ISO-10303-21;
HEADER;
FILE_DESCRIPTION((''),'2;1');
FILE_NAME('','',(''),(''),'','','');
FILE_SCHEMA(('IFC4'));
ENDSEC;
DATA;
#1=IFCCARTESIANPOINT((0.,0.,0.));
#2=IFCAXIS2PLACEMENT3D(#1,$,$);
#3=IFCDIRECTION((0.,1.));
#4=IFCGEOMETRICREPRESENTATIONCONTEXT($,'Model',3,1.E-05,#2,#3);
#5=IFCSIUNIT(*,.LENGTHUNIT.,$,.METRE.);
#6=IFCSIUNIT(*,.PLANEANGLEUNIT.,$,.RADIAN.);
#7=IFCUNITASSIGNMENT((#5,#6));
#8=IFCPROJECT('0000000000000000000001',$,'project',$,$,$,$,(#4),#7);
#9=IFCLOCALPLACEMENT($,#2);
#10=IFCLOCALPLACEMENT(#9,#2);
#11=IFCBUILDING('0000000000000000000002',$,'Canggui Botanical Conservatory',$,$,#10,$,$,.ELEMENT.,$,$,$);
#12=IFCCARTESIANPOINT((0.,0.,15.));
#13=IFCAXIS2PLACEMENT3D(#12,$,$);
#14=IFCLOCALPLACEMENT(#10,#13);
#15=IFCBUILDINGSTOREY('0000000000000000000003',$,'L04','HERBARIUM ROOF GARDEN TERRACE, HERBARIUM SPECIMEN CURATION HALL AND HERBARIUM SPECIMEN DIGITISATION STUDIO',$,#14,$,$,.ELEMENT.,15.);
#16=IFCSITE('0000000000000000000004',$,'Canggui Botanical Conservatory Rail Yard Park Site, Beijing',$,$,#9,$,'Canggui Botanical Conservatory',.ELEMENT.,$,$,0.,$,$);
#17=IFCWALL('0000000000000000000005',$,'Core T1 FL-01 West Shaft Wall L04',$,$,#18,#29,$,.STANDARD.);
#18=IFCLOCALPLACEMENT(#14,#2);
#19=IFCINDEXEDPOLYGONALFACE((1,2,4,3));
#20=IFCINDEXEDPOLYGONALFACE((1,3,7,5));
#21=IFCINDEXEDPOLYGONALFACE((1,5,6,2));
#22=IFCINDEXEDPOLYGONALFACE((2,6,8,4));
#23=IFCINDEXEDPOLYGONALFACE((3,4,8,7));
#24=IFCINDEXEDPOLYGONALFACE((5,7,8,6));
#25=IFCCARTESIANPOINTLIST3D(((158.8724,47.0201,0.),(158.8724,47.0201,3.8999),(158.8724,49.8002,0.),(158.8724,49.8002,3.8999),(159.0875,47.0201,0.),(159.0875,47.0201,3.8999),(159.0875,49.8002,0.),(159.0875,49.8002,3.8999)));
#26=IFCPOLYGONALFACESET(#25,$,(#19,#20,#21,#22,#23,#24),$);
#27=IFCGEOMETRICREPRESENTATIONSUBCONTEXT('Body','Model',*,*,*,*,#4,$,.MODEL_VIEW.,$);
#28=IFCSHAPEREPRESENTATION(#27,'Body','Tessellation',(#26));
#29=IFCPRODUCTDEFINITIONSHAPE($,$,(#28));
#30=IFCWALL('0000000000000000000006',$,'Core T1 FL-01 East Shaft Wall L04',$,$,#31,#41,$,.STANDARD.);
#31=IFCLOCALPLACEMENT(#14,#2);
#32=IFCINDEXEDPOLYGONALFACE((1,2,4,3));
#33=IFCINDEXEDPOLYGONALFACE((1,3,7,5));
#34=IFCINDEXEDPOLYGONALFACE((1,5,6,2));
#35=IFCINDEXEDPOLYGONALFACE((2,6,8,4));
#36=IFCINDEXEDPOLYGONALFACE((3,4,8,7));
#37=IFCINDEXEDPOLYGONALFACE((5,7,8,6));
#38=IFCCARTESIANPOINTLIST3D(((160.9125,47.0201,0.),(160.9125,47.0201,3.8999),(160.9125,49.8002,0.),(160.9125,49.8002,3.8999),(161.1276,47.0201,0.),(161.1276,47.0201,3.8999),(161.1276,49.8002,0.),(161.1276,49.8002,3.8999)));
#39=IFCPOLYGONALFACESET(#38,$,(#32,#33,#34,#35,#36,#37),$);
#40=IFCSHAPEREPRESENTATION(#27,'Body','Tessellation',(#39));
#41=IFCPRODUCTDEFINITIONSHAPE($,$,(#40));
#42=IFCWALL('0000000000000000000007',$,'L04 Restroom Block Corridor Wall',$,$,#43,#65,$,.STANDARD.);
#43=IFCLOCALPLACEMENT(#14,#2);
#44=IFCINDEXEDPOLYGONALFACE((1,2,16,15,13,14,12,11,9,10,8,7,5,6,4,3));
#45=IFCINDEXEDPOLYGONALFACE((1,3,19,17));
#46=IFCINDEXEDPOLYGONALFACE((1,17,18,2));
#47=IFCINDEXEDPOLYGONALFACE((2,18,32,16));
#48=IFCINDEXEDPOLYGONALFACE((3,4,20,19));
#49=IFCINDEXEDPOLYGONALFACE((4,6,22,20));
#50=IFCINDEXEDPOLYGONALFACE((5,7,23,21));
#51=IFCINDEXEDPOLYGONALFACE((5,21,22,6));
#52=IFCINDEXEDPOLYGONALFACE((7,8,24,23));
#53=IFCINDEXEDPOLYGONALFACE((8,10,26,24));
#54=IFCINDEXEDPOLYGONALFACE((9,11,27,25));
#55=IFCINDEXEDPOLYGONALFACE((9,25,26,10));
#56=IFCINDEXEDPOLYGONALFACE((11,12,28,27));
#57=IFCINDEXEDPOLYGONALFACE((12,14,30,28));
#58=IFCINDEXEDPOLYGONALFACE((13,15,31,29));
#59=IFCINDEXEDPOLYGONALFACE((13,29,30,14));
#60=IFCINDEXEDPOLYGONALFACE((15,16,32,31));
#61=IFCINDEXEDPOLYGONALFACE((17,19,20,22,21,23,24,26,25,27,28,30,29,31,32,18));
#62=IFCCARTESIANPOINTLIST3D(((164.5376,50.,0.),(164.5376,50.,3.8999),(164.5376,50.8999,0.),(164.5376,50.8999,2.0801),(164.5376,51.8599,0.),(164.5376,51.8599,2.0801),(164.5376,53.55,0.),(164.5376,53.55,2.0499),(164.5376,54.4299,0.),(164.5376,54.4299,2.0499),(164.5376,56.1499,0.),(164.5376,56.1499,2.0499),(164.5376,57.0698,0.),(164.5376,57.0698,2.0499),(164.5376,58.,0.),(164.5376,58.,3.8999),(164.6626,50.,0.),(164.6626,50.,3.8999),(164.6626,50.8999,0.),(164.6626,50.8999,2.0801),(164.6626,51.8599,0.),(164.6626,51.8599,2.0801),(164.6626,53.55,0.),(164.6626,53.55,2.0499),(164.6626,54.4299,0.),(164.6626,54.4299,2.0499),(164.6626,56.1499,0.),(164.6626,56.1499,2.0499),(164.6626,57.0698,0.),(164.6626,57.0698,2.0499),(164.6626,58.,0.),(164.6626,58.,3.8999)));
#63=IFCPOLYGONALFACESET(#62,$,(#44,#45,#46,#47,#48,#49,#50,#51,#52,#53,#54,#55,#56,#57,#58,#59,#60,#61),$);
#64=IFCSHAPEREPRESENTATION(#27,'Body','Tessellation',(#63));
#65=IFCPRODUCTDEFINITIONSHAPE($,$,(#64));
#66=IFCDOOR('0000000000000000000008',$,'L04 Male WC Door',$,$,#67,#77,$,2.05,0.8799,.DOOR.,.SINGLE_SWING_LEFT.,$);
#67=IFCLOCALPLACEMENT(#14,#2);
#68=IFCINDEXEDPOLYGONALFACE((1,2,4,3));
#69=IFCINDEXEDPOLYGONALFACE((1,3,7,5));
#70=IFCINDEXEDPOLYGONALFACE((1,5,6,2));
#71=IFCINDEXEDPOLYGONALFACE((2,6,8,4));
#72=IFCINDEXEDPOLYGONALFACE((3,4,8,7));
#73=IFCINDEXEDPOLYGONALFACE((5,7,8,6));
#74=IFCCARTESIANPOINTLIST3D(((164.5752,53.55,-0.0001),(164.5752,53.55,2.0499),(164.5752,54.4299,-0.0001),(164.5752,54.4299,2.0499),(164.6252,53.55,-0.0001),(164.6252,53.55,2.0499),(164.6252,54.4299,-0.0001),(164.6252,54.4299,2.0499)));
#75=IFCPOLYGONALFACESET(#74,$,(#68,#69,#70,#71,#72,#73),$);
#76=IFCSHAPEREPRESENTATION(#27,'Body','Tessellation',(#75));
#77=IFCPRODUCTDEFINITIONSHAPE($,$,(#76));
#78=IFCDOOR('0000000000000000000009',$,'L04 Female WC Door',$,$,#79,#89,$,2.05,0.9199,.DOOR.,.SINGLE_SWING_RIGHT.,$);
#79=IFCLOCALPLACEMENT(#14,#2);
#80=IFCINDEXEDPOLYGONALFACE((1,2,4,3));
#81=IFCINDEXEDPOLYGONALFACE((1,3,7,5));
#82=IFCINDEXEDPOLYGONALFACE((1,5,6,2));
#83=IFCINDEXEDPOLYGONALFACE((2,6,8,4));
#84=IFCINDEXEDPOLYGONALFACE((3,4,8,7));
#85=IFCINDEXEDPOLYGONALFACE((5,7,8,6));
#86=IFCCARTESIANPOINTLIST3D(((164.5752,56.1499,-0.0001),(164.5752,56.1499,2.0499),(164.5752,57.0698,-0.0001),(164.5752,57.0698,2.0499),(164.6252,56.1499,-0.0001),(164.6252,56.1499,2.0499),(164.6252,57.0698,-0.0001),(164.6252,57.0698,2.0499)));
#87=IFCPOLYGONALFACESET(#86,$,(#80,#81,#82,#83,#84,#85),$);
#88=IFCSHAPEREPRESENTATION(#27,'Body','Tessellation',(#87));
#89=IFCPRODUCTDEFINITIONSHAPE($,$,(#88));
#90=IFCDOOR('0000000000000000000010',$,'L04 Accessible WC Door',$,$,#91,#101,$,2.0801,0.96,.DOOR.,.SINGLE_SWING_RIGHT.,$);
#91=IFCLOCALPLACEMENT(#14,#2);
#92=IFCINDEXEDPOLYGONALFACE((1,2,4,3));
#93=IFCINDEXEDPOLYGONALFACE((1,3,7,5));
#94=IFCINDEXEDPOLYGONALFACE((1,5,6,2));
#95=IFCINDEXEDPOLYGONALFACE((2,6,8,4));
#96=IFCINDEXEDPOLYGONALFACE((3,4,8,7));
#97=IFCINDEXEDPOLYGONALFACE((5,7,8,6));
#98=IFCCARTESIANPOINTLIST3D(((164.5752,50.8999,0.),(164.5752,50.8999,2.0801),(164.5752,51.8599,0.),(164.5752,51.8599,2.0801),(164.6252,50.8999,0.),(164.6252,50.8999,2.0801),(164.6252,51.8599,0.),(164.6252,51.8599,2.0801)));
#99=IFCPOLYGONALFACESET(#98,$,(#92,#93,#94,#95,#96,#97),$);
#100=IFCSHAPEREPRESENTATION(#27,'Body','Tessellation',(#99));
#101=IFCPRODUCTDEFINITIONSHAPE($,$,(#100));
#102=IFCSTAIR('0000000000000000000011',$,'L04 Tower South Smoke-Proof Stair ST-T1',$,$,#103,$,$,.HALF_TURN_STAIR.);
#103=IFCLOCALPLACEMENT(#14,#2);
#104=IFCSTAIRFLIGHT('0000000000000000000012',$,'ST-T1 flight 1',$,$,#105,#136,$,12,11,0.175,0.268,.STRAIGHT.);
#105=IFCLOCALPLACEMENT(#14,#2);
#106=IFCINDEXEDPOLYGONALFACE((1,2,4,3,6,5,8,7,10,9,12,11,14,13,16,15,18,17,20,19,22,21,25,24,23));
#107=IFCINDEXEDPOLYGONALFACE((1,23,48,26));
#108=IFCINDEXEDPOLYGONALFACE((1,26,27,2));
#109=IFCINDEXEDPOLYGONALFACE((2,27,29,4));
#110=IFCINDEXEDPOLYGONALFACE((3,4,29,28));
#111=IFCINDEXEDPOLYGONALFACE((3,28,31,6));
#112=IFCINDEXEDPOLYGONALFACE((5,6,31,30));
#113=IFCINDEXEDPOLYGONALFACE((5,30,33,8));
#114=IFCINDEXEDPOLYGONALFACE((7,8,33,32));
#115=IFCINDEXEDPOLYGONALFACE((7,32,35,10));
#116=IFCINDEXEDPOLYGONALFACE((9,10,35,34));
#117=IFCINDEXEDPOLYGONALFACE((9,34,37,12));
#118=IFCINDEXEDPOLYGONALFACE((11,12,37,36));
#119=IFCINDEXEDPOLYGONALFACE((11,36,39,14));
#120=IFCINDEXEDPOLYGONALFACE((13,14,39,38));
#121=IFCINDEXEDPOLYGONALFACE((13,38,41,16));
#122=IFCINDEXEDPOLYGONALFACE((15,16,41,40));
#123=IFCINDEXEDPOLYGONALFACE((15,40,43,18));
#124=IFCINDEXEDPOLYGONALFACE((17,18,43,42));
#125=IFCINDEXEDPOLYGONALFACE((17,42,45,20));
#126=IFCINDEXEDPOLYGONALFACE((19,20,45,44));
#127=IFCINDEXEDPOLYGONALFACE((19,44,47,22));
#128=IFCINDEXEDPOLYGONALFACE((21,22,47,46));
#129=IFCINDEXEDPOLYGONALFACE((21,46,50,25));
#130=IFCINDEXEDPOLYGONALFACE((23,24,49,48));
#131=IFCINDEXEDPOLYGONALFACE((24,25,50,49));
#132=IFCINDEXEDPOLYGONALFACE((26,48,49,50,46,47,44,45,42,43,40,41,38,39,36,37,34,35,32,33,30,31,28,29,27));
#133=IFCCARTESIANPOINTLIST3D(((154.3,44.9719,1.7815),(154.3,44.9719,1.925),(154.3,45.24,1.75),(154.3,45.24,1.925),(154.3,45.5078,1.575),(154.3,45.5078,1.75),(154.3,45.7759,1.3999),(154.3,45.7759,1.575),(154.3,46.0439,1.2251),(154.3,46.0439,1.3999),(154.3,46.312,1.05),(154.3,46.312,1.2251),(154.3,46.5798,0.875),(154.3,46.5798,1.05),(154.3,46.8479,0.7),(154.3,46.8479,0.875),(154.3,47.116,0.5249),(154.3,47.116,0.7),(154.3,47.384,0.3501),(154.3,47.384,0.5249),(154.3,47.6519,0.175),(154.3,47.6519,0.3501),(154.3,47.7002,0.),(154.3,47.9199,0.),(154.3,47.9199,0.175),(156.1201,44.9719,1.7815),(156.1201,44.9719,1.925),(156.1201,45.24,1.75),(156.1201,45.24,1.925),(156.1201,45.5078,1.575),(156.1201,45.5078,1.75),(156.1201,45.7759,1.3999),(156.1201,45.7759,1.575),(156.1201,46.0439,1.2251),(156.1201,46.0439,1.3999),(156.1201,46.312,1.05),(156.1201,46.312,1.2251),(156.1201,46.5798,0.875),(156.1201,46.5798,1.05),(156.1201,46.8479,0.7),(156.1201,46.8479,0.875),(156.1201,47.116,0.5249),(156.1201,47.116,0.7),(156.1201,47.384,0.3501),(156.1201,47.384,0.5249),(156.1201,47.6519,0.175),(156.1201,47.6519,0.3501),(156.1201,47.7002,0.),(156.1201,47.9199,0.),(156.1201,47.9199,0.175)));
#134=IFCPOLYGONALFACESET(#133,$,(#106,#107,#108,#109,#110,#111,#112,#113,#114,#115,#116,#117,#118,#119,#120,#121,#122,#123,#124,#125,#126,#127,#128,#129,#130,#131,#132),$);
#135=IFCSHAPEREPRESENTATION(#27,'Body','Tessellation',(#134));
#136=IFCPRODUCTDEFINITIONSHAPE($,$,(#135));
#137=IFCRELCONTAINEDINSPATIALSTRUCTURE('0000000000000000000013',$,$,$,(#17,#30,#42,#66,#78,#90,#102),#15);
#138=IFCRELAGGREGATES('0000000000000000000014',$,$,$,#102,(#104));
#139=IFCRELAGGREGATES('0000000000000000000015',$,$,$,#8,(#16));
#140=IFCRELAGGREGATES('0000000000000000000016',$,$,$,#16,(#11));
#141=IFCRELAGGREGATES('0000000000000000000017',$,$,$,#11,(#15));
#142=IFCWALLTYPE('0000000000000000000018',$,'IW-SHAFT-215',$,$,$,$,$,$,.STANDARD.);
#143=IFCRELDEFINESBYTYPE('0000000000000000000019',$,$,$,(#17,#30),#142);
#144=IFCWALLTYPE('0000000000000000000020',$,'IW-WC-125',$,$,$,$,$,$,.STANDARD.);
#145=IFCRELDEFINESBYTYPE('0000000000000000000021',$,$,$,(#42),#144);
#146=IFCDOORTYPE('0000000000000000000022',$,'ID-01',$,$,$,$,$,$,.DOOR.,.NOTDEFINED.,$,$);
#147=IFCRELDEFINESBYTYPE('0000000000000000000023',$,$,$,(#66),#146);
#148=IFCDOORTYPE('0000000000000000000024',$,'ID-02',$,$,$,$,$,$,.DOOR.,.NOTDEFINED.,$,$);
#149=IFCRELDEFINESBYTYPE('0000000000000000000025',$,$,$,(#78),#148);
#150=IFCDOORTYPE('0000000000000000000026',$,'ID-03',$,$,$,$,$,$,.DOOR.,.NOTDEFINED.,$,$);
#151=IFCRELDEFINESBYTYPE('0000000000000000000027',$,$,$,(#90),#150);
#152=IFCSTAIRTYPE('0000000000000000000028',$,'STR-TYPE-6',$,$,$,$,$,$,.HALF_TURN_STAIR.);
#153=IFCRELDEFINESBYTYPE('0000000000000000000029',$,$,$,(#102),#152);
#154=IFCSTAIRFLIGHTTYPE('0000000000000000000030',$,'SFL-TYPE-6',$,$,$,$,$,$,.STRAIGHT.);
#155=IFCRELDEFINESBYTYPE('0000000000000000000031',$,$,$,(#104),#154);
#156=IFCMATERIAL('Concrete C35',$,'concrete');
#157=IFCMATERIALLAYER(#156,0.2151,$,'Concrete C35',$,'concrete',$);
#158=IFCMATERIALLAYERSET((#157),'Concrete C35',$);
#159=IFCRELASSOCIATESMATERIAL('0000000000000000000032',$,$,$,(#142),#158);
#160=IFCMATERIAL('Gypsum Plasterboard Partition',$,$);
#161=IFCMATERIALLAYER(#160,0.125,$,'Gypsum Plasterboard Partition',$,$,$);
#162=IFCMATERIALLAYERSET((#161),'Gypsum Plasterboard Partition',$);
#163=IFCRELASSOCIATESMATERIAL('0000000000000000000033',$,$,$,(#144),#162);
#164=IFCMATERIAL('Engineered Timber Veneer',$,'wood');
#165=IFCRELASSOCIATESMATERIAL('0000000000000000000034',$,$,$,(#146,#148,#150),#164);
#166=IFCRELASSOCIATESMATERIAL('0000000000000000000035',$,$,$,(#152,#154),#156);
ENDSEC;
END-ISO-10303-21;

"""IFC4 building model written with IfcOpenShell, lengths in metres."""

from ifc_helpers import new_model, si_unit, direction, frame, frame_2d, origin, place, context, subcontext, project, spatial, polyline, rectangle, outline, extrude, material, layer, layer_set, type_object, element, fill, aggregate, save


model = new_model("IFC4")

# Units and contexts
model_context = context("Model", 3, precision=1e-05, world=origin(), true_north=direction((0.0, 1.0)))
body_context = subcontext(model_context, "Body", "Model", "MODEL_VIEW")
ifc_project = project(units=[si_unit("LENGTHUNIT", "METRE"), si_unit("PLANEANGLEUNIT", "RADIAN")], contexts=[model_context])

# Site, building, storey
site_placement = place(None, origin())
site = spatial("IfcSite", under=ifc_project, at=site_placement, Name="Canggui Botanical Conservatory Rail Yard Park Site, Beijing", LongName="Canggui Botanical Conservatory", CompositionType="ELEMENT", RefElevation=0.0)
building_placement = place(site_placement, origin())
building = spatial("IfcBuilding", under=site, at=building_placement, Name="Canggui Botanical Conservatory", CompositionType="ELEMENT")
storey_placement = place(building_placement, frame((0.0, 0.0, 15.0)))
storey = spatial("IfcBuildingStorey", under=building, at=storey_placement, Name="L04", Description="HERBARIUM ROOF GARDEN TERRACE, HERBARIUM SPECIMEN CURATION HALL AND HERBARIUM SPECIMEN DIGITISATION STUDIO", CompositionType="ELEMENT", Elevation=15.0)

# Shared definitions
ifc_material_1 = material(Name="Concrete C35", Category="concrete")

# Walls
ifc_layer_1 = layer(ifc_material_1, 0.2151, Name="Concrete C35", Category="concrete")
ifc_layer_set_1 = layer_set([ifc_layer_1], Name="Concrete C35")
wall_type_1 = type_object("IfcWallType", Name="IW-SHAFT-215", PredefinedType="STANDARD", material=ifc_layer_set_1)
for number, where, z_axis, x_axis, name in (
    (1, (158.98, 47.02, 0.0), (0.0, 0.0, 1.0), (0.0, 1.0, 0.0), "Core T1 FL-01 West Shaft Wall L04"),
    (2, (161.02, 47.02, 0.0), (0.0, 0.0, 1.0), (0.0, 1.0, 0.0), "Core T1 FL-01 East Shaft Wall L04"),
):
    element("IfcWall", number, at=place(storey_placement, frame(where, z_axis=z_axis, x_axis=x_axis)), inside=storey, type_object=wall_type_1, Name=name, PredefinedType="STANDARD", context=body_context, shape_type="SweptSolid", body=[
        extrude(rectangle(XDim=2.78, YDim=0.2151, at=frame_2d((1.3901, 0.0))), origin(), (0.0, 0.0, 1.0), 3.8999),
    ])

# Wall, openings, doors
ifc_material_2 = material(Name="Gypsum Plasterboard Partition")
ifc_layer_2 = layer(ifc_material_2, 0.125, Name="Gypsum Plasterboard Partition")
ifc_layer_set_2 = layer_set([ifc_layer_2], Name="Gypsum Plasterboard Partition")
wall_type_2 = type_object("IfcWallType", Name="IW-WC-125", PredefinedType="STANDARD", material=ifc_layer_set_2)
wall_1_placement = place(storey_placement, frame((164.6001, 50.0, 0.0), z_axis=(0.0, 0.0, 1.0), x_axis=(0.0, 1.0, 0.0)))
wall_1 = element("IfcWall", 3, at=wall_1_placement, inside=storey, type_object=wall_type_2, Name="L04 Restroom Block Corridor Wall", PredefinedType="STANDARD", context=body_context, shape_type="SweptSolid", body=[
    extrude(rectangle(XDim=8.0, YDim=0.125, at=frame_2d((4.0, 0.0))), origin(), (0.0, 0.0, 1.0), 3.8999),
])
opening_1_placement = place(wall_1_placement, frame((0.8999, 0.0, 0.0)))
opening_1 = element("IfcOpeningElement", 4, at=opening_1_placement, cuts=wall_1, PredefinedType="OPENING", context=body_context, shape_type="SweptSolid", body=[
    extrude(rectangle(XDim=0.96, YDim=2.0801, at=frame_2d((0.48, 1.04))), frame((0.0, 0.0725, 0.0), z_axis=(0.0, -1.0, 0.0), x_axis=(1.0, 0.0, 0.0)), (0.0, 0.0, 1.0), 0.145),
])
opening_2_placement = place(wall_1_placement, frame((3.55, 0.0, 0.0)))
opening_2 = element("IfcOpeningElement", 5, at=opening_2_placement, cuts=wall_1, PredefinedType="OPENING", context=body_context, shape_type="SweptSolid", body=[
    extrude(rectangle(XDim=0.8799, YDim=2.05, at=frame_2d((0.4399, 1.0249))), frame((0.0, 0.0725, 0.0), z_axis=(0.0, -1.0, 0.0), x_axis=(1.0, 0.0, 0.0)), (0.0, 0.0, 1.0), 0.145),
])
opening_3_placement = place(wall_1_placement, frame((6.1499, 0.0, 0.0)))
opening_3 = element("IfcOpeningElement", 6, at=opening_3_placement, cuts=wall_1, PredefinedType="OPENING", context=body_context, shape_type="SweptSolid", body=[
    extrude(rectangle(XDim=0.9199, YDim=2.05, at=frame_2d((0.46, 1.0249))), frame((0.0, 0.0725, 0.0), z_axis=(0.0, -1.0, 0.0), x_axis=(1.0, 0.0, 0.0)), (0.0, 0.0, 1.0), 0.145),
])
ifc_material_3 = material(Name="Engineered Timber Veneer", Category="wood")
door_type_1 = type_object("IfcDoorType", Name="ID-01", OperationType="NOTDEFINED", PredefinedType="DOOR", material=ifc_material_3)
door_1_placement = place(opening_2_placement, origin())
door_1 = element("IfcDoor", 7, at=door_1_placement, inside=storey, type_object=door_type_1, Name="L04 Male WC Door", OperationType="SINGLE_SWING_LEFT", OverallHeight=2.05, OverallWidth=0.8799, PredefinedType="DOOR", context=body_context, shape_type="SweptSolid", body=[
    extrude(rectangle(XDim=0.8799, YDim=2.05, at=frame_2d((0.4399, 1.0249))), frame((0.0, 0.0249, 0.0), z_axis=(0.0, -1.0, 0.0), x_axis=(1.0, 0.0, 0.0)), (0.0, 0.0, 1.0), 0.05),
])
fill(opening_2, door_1)
door_type_2 = type_object("IfcDoorType", Name="ID-02", OperationType="NOTDEFINED", PredefinedType="DOOR", material=ifc_material_3)
door_2_placement = place(opening_3_placement, origin())
door_2 = element("IfcDoor", 8, at=door_2_placement, inside=storey, type_object=door_type_2, Name="L04 Female WC Door", OperationType="SINGLE_SWING_RIGHT", OverallHeight=2.05, OverallWidth=0.9199, PredefinedType="DOOR", context=body_context, shape_type="SweptSolid", body=[
    extrude(rectangle(XDim=0.9199, YDim=2.05, at=frame_2d((0.46, 1.0249))), frame((0.0, 0.0249, 0.0), z_axis=(0.0, -1.0, 0.0), x_axis=(1.0, 0.0, 0.0)), (0.0, 0.0, 1.0), 0.05),
])
fill(opening_3, door_2)
door_type_3 = type_object("IfcDoorType", Name="ID-03", OperationType="NOTDEFINED", PredefinedType="DOOR", material=ifc_material_3)
door_3_placement = place(opening_1_placement, origin())
door_3 = element("IfcDoor", 9, at=door_3_placement, inside=storey, type_object=door_type_3, Name="L04 Accessible WC Door", OperationType="SINGLE_SWING_RIGHT", OverallHeight=2.0801, OverallWidth=0.96, PredefinedType="DOOR", context=body_context, shape_type="SweptSolid", body=[
    extrude(rectangle(XDim=0.96, YDim=2.0801, at=frame_2d((0.48, 1.04))), frame((0.0, 0.0249, 0.0), z_axis=(0.0, -1.0, 0.0), x_axis=(1.0, 0.0, 0.0)), (0.0, 0.0, 1.0), 0.05),
])
fill(opening_1, door_3)

# Stair, stair flight
stair_type = type_object("IfcStairType", Name="STR-TYPE-6", PredefinedType="HALF_TURN_STAIR", material=ifc_material_1)
stair_placement = place(storey_placement, origin())
stair = element("IfcStair", 10, at=stair_placement, inside=storey, type_object=stair_type, Name="L04 Tower South Smoke-Proof Stair ST-T1", PredefinedType="HALF_TURN_STAIR")
stair_flight_type = type_object("IfcStairFlightType", Name="SFL-TYPE-6", PredefinedType="STRAIGHT", material=ifc_material_1)
stair_flight_placement = place(storey_placement, frame((155.21, 47.9199, 0.0), z_axis=(0.0, 0.0, 1.0), x_axis=(0.0, -1.0, 0.0)))
stair_flight = element("IfcStairFlight", 11, at=stair_flight_placement, type_object=stair_flight_type, Name="ST-T1 flight 1", NumberOfRisers=12, NumberOfTreads=11, PredefinedType="STRAIGHT", RiserHeight=0.175, TreadLength=0.268, context=body_context, shape_type="SweptSolid", body=[
    extrude(outline(polyline([(0.0, 0.0), (0.0, 0.175), (0.2681, 0.175), (0.2681, 0.3501), (0.5359, 0.3501), (0.5359, 0.5249), (0.804, 0.5249), (0.804, 0.7), (1.072, 0.7), (1.072, 0.875), (1.3401, 0.875), (1.3401, 1.05), (1.6079, 1.05), (1.6079, 1.2251), (1.876, 1.2251), (1.876, 1.3999), (2.144, 1.3999), (2.144, 1.575), (2.4121, 1.575), (2.4121, 1.75), (2.6799, 1.75), (2.6799, 1.925), (2.948, 1.925), (2.948, 2.1001), (2.948, 1.7815), (0.2197, 0.0), (0.0, 0.0)])), frame((0.0, 0.9102, 0.0), z_axis=(0.0, -1.0, 0.0), x_axis=(1.0, 0.0, 0.0)), (0.0, 0.0, 1.0), 1.8201),
])
aggregate(stair, [stair_flight])

save(model, "model.ifc")
